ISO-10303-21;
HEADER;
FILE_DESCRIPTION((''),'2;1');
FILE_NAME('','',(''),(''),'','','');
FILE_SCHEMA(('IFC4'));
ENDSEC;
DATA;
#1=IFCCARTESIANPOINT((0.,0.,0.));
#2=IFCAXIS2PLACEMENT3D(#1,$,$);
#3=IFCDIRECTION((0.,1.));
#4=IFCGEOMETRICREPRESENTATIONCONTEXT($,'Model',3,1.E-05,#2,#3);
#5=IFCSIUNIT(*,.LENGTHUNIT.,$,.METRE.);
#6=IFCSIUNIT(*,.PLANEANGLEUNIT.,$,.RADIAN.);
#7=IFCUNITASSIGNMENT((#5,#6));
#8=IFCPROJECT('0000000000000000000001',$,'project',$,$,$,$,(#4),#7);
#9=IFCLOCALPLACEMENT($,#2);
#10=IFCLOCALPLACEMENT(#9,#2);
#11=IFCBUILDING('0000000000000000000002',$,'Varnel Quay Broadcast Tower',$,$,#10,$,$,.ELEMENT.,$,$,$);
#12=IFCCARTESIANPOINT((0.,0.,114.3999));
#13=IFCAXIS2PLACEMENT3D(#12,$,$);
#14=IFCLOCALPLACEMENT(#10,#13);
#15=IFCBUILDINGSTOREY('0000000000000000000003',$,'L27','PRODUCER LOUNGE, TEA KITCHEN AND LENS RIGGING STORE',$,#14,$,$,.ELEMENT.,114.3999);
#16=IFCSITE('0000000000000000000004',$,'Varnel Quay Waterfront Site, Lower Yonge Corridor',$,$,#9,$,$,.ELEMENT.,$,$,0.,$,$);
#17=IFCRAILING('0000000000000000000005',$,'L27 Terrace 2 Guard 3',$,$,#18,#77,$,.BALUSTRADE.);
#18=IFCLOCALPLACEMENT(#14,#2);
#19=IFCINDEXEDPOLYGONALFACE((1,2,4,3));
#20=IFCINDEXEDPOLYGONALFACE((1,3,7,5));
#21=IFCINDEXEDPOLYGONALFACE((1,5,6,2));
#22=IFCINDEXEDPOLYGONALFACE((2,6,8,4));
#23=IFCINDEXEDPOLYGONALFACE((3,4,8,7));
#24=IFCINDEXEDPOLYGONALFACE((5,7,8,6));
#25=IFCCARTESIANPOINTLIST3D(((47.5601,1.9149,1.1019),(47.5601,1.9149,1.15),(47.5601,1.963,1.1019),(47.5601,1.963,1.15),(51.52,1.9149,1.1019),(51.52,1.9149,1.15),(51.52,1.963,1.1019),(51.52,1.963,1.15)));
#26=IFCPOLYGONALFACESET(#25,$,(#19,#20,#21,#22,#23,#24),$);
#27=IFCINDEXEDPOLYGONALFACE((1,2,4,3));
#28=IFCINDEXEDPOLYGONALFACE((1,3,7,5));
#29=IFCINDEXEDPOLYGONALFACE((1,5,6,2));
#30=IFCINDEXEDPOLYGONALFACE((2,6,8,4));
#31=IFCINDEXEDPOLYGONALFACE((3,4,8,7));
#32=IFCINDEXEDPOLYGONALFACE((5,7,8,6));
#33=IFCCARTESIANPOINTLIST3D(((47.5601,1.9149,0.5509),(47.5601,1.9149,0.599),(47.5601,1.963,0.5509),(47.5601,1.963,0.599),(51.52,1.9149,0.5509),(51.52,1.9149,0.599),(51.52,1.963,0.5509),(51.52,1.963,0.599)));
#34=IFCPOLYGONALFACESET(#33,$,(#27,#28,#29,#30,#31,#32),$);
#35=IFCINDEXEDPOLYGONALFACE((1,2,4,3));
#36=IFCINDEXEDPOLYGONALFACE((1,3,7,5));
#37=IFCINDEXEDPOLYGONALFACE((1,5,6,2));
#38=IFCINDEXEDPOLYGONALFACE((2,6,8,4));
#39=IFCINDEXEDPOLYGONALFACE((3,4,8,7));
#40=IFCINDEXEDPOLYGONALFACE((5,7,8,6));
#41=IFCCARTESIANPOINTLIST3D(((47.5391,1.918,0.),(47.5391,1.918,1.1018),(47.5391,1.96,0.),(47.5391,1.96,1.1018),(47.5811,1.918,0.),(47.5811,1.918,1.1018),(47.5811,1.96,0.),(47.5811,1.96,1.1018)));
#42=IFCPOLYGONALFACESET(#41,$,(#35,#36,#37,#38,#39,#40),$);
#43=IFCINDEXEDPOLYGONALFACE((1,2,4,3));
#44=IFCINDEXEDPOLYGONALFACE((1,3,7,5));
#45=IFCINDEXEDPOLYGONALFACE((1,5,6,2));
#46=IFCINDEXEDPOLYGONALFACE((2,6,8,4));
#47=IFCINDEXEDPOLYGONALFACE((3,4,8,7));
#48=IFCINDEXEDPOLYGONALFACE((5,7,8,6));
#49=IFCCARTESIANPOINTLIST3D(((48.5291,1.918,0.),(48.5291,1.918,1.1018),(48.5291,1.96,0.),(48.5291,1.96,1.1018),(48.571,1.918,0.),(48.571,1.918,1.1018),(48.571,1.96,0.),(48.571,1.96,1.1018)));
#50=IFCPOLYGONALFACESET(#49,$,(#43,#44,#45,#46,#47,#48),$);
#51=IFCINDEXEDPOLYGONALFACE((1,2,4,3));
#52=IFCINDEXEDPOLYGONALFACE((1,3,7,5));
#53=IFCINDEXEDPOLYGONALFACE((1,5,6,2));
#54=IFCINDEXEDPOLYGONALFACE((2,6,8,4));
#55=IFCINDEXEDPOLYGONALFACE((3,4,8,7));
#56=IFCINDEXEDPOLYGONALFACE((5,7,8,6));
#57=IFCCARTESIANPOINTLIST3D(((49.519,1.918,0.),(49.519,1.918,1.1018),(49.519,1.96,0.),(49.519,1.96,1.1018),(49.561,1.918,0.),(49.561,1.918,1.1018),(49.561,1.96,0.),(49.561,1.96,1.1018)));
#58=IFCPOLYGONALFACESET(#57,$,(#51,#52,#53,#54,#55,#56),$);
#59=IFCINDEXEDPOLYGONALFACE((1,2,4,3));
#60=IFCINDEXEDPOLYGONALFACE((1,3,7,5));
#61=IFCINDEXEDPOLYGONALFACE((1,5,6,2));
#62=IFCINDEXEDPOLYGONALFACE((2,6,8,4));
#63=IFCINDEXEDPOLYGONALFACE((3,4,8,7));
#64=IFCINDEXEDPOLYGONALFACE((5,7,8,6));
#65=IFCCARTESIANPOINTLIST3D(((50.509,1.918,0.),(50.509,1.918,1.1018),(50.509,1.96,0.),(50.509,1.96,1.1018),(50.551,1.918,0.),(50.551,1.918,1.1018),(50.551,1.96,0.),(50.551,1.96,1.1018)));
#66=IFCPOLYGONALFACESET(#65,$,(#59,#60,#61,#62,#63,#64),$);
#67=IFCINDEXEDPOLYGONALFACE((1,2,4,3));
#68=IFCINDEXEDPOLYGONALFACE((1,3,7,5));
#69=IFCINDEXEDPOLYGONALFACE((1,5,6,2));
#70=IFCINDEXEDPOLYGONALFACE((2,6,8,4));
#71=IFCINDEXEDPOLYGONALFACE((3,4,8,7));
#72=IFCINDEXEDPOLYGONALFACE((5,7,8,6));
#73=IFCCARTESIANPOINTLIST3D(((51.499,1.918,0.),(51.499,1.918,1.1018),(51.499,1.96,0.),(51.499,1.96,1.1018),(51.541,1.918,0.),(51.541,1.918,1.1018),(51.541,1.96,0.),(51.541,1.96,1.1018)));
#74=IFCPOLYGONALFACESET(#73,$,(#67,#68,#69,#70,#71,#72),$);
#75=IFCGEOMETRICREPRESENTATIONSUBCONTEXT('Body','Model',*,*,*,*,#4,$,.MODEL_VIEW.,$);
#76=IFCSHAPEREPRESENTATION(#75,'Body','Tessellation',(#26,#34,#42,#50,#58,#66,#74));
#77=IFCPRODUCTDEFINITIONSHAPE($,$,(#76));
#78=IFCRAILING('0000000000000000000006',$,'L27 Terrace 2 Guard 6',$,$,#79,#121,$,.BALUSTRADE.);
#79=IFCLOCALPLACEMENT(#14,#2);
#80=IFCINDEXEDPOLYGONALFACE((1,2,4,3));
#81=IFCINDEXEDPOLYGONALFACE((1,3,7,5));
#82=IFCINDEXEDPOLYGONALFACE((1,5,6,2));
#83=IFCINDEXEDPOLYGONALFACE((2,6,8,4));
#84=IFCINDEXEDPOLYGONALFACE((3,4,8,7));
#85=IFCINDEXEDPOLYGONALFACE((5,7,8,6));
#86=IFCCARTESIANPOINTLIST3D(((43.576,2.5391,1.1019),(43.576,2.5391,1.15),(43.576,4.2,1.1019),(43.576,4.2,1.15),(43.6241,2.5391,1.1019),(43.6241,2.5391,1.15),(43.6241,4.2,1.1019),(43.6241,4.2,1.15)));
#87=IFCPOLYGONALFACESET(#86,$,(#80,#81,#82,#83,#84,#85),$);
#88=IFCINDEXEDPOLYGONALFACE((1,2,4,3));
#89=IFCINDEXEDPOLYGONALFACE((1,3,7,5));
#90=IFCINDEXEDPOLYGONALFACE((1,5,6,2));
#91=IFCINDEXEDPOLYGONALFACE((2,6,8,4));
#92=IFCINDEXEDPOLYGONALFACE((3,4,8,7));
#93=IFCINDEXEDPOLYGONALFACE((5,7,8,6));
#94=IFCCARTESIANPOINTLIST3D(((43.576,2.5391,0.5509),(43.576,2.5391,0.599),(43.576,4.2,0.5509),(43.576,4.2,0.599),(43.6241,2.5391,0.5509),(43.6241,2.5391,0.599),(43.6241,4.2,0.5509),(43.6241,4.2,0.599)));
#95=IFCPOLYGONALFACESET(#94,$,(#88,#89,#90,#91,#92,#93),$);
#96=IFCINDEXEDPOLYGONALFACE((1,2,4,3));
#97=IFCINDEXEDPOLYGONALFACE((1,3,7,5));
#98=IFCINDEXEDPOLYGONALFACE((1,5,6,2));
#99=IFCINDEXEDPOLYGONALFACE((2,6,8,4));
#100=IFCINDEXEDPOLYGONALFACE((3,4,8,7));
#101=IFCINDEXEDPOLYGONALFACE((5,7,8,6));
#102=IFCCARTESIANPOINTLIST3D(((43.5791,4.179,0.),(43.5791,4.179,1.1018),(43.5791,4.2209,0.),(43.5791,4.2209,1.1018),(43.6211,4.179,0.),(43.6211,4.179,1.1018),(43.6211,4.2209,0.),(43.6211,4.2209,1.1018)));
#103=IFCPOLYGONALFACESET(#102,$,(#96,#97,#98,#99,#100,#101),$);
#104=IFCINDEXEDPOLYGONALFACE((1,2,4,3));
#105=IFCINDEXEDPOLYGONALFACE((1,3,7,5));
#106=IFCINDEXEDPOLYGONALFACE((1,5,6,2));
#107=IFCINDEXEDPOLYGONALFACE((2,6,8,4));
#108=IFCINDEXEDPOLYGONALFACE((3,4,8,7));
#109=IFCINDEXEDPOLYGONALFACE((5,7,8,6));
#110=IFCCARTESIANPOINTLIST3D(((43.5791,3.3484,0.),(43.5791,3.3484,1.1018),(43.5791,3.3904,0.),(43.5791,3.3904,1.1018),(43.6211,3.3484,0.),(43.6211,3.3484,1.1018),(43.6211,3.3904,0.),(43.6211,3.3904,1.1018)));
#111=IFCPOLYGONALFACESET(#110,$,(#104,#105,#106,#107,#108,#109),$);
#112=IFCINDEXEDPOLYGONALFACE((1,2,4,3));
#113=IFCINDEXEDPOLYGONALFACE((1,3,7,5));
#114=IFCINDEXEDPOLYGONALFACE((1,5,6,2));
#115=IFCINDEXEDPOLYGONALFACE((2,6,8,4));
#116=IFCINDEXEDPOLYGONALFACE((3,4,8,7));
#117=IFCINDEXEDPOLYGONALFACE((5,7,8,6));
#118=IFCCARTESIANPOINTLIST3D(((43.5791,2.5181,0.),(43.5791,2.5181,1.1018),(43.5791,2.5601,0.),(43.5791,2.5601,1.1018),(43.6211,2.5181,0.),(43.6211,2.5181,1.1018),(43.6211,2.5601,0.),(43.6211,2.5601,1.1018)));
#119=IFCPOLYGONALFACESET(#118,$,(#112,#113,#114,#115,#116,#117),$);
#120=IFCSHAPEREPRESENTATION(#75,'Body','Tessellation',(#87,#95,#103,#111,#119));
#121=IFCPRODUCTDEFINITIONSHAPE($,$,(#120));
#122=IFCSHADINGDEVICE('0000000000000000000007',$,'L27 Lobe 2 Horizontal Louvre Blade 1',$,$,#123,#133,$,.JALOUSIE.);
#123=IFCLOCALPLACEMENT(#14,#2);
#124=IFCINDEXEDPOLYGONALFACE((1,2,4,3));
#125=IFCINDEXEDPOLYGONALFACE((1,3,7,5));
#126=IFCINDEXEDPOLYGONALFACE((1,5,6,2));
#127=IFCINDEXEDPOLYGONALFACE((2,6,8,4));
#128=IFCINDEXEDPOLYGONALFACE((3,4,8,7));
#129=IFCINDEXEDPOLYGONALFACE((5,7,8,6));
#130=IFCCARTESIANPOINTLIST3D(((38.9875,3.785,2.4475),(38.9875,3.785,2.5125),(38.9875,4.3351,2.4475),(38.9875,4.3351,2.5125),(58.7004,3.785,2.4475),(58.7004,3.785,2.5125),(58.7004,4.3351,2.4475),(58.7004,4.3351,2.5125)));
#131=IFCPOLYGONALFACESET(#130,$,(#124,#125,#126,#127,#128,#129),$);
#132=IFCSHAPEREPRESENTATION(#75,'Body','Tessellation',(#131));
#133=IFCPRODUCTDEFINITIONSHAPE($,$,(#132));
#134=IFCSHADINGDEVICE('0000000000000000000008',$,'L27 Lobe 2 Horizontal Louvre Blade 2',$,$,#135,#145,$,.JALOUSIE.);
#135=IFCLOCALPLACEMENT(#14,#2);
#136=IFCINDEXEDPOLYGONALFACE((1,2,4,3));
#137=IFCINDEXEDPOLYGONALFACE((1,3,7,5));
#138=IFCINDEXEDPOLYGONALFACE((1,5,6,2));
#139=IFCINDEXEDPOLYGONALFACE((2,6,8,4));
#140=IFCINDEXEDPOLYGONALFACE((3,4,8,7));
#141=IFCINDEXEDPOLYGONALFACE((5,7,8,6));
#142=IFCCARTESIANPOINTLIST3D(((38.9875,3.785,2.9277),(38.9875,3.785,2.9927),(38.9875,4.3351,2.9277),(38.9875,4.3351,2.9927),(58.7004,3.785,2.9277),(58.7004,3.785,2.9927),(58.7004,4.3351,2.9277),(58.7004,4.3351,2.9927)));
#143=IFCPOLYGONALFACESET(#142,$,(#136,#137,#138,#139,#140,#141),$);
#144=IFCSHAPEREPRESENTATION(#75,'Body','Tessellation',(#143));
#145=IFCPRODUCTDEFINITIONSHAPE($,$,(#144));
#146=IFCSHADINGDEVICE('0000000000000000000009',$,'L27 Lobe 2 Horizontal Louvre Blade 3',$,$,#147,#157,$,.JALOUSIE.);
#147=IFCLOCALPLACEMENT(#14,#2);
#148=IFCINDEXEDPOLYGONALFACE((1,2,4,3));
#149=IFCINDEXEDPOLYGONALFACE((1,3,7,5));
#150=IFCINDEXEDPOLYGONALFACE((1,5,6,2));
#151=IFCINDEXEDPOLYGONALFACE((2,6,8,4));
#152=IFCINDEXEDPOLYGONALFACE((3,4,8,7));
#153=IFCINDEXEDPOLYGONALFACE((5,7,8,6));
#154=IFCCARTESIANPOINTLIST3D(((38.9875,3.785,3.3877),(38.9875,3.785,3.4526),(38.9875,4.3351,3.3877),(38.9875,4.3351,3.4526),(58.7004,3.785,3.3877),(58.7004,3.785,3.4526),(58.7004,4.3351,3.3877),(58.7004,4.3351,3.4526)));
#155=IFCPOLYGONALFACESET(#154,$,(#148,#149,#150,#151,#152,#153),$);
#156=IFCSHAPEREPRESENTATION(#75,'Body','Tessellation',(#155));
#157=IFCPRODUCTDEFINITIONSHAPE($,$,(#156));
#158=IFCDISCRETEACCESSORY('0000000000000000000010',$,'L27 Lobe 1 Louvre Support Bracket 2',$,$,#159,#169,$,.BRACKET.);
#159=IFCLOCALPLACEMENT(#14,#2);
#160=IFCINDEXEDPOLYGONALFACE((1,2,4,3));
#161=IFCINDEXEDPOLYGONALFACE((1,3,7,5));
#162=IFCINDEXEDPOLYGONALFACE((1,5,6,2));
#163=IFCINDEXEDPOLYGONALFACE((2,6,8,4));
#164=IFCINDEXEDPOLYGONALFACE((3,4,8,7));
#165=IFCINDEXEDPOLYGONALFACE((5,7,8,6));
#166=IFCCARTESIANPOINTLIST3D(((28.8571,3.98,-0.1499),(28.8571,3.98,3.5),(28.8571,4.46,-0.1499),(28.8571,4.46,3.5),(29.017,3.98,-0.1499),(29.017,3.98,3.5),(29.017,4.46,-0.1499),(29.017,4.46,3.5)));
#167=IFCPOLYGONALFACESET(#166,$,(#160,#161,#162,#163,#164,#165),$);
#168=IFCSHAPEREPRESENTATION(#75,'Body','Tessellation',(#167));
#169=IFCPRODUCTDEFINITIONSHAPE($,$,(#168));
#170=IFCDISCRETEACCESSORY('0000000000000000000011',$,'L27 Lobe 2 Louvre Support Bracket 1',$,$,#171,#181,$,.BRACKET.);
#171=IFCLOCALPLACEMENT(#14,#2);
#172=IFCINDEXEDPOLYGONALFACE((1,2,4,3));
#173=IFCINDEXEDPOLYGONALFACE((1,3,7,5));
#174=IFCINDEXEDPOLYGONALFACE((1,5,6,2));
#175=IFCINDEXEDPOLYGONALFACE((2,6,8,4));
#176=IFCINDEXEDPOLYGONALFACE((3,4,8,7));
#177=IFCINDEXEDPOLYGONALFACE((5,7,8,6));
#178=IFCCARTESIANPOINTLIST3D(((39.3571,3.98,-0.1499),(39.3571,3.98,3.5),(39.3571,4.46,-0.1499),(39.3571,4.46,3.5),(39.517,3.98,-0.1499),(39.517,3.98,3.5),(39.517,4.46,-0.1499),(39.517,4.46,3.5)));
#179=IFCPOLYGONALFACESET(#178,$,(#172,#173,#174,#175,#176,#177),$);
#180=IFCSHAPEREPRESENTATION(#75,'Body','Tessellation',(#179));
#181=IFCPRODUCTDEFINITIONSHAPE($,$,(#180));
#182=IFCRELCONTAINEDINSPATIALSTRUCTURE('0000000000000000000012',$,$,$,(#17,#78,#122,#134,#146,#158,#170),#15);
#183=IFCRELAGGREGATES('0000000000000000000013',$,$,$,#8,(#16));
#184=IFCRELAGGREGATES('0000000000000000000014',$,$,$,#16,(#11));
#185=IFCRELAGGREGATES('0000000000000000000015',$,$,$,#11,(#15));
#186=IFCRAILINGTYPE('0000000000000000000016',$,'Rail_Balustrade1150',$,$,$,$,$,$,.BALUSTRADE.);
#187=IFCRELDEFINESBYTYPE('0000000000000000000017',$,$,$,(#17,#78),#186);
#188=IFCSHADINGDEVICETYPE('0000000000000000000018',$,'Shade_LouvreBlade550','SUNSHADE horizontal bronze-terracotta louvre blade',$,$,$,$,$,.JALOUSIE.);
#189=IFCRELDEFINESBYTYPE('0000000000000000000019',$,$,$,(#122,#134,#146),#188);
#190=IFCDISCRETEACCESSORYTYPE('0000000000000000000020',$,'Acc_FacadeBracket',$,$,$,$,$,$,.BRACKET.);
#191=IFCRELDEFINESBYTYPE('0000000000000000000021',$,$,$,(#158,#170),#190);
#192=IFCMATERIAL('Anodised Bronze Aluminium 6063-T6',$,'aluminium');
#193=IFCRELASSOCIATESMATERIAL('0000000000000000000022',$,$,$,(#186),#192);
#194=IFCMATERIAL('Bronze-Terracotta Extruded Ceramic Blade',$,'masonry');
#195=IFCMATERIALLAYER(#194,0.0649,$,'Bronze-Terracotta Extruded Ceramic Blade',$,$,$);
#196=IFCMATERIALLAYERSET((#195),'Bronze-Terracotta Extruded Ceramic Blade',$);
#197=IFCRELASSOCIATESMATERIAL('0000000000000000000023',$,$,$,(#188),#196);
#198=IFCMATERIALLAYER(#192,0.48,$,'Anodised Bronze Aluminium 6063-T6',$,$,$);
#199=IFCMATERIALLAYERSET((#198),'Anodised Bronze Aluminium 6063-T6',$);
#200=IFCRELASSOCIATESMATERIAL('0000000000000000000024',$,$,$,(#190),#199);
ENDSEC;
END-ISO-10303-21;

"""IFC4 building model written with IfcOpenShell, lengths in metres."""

from ifc_helpers import new_model, si_unit, direction, frame, origin, origin_2d, place, context, subcontext, project, spatial, rectangle, extrude, source, transform, mapped, material, layer, layer_set, type_object, type_shapes, element, save


model = new_model("IFC4")

# Units and contexts
model_context = context("Model", 3, precision=1e-05, world=origin(), true_north=direction((0.0, 1.0)))
body_context = subcontext(model_context, "Body", "Model", "MODEL_VIEW")
ifc_project = project(units=[si_unit("LENGTHUNIT", "METRE"), si_unit("PLANEANGLEUNIT", "RADIAN")], contexts=[model_context])

# Site, building, storey
site_placement = place(None, origin())
site = spatial("IfcSite", under=ifc_project, at=site_placement, Name="Varnel Quay Waterfront Site, Lower Yonge Corridor", CompositionType="ELEMENT", RefElevation=0.0)
building_placement = place(site_placement, origin())
building = spatial("IfcBuilding", under=site, at=building_placement, Name="Varnel Quay Broadcast Tower", CompositionType="ELEMENT")
storey_placement = place(building_placement, frame((0.0, 0.0, 114.3999)))
storey = spatial("IfcBuildingStorey", under=building, at=storey_placement, Name="L27", Description="PRODUCER LOUNGE, TEA KITCHEN AND LENS RIGGING STORE", CompositionType="ELEMENT", Elevation=114.3999)

# Shared definitions
ifc_material_1 = material(Name="Anodised Bronze Aluminium 6063-T6", Category="aluminium")

# Railings
railing_type = type_object("IfcRailingType", Name="Rail_Balustrade1150", PredefinedType="BALUSTRADE", material=ifc_material_1)
railing_1_placement = place(storey_placement, frame((47.5601, 1.939, 0.0)))
element("IfcRailing", 1, at=railing_1_placement, inside=storey, type_object=railing_type, Name="L27 Terrace 2 Guard 3", PredefinedType="BALUSTRADE", context=body_context, shape_type="SweptSolid", body=[
    extrude(rectangle(XDim=0.0481, YDim=0.0481, at=origin_2d()), frame((0.0, 0.0, 1.126), z_axis=(1.0, 0.0, 0.0), x_axis=(0.0, 1.0, 0.0)), (0.0, 0.0, 1.0), 3.96),
    extrude(rectangle(XDim=0.0481, YDim=0.0481, at=origin_2d()), frame((0.0, 0.0, 0.575), z_axis=(1.0, 0.0, 0.0), x_axis=(0.0, 1.0, 0.0)), (0.0, 0.0, 1.0), 3.96),
    extrude(rectangle(XDim=0.042, YDim=0.042, at=origin_2d()), origin(), (0.0, 0.0, 1.0), 1.1018),
    extrude(rectangle(XDim=0.042, YDim=0.042, at=origin_2d()), frame((0.99, 0.0, 0.0)), (0.0, 0.0, 1.0), 1.1018),
    extrude(rectangle(XDim=0.042, YDim=0.042, at=origin_2d()), frame((1.98, 0.0, 0.0)), (0.0, 0.0, 1.0), 1.1018),
    extrude(rectangle(XDim=0.042, YDim=0.042, at=origin_2d()), frame((2.97, 0.0, 0.0)), (0.0, 0.0, 1.0), 1.1018),
    extrude(rectangle(XDim=0.042, YDim=0.042, at=origin_2d()), frame((3.96, 0.0, 0.0)), (0.0, 0.0, 1.0), 1.1018),
])
railing_2_placement = place(storey_placement, frame((43.6001, 4.2, 0.0)))
element("IfcRailing", 2, at=railing_2_placement, inside=storey, type_object=railing_type, Name="L27 Terrace 2 Guard 6", PredefinedType="BALUSTRADE", context=body_context, shape_type="SweptSolid", body=[
    extrude(rectangle(XDim=0.0481, YDim=0.0481, at=origin_2d()), frame((0.0, 0.0, 1.126), z_axis=(0.0, -1.0, 0.0), x_axis=(1.0, 0.0, 0.0)), (0.0, 0.0, 1.0), 1.6609),
    extrude(rectangle(XDim=0.0481, YDim=0.0481, at=origin_2d()), frame((0.0, 0.0, 0.575), z_axis=(0.0, -1.0, 0.0), x_axis=(1.0, 0.0, 0.0)), (0.0, 0.0, 1.0), 1.6609),
    extrude(rectangle(XDim=0.042, YDim=0.042, at=origin_2d()), origin(), (0.0, 0.0, 1.0), 1.1018),
    extrude(rectangle(XDim=0.042, YDim=0.042, at=origin_2d()), frame((0.0, -0.8306, 0.0)), (0.0, 0.0, 1.0), 1.1018),
    extrude(rectangle(XDim=0.042, YDim=0.042, at=origin_2d()), frame((0.0, -1.6609, 0.0)), (0.0, 0.0, 1.0), 1.1018),
])

# Shading devices
ifc_material_2 = material(Name="Bronze-Terracotta Extruded Ceramic Blade", Category="masonry")
ifc_layer_1 = layer(ifc_material_2, 0.0649, Name="Bronze-Terracotta Extruded Ceramic Blade")
ifc_layer_set_1 = layer_set([ifc_layer_1], Name="Bronze-Terracotta Extruded Ceramic Blade")
shading_device_type = type_object("IfcShadingDeviceType", Name="Shade_LouvreBlade550", Description="SUNSHADE horizontal bronze-terracotta louvre blade", PredefinedType="JALOUSIE", material=ifc_layer_set_1)
shared_shape_1 = source(origin(), body_context, "Body", "SweptSolid", [
    extrude(rectangle(XDim=19.7129, YDim=0.55, at=origin_2d()), origin(), (0.0, 0.0, 1.0), 0.0649),
])
type_shapes(shading_device_type, [shared_shape_1])
for number, where, z_axis, x_axis, name in (
    (3, (48.844, 4.0601, 2.4475), (0.0, 0.0, 1.0), (1.0, 0.0, 0.0), "L27 Lobe 2 Horizontal Louvre Blade 1"),
    (4, (48.844, 4.0601, 2.9277), (0.0, 0.0, 1.0), (1.0, 0.0, 0.0), "L27 Lobe 2 Horizontal Louvre Blade 2"),
    (5, (48.844, 4.0601, 3.3877), (0.0, 0.0, 1.0), (1.0, 0.0, 0.0), "L27 Lobe 2 Horizontal Louvre Blade 3"),
):
    element("IfcShadingDevice", number, at=place(storey_placement, frame(where, z_axis=z_axis, x_axis=x_axis)), inside=storey, type_object=shading_device_type, Name=name, PredefinedType="JALOUSIE", context=body_context, shape_type="MappedRepresentation", body=[
        mapped(shared_shape_1, transform((0.0, 0.0, 0.0), x_axis=(1.0, 0.0, 0.0), y_axis=(0.0, 1.0, 0.0), z_axis=(0.0, 0.0, 1.0), scale=1.0)),
    ])

# Discrete accessories
ifc_layer_2 = layer(ifc_material_1, 0.48, Name="Anodised Bronze Aluminium 6063-T6")
ifc_layer_set_2 = layer_set([ifc_layer_2], Name="Anodised Bronze Aluminium 6063-T6")
discrete_accessory_type = type_object("IfcDiscreteAccessoryType", Name="Acc_FacadeBracket", PredefinedType="BRACKET", material=ifc_layer_set_2)
shared_shape_2 = source(origin(), body_context, "Body", "SweptSolid", [
    extrude(rectangle(XDim=0.1599, YDim=0.48, at=origin_2d()), origin(), (0.0, 0.0, 1.0), 3.6499),
])
type_shapes(discrete_accessory_type, [shared_shape_2])
for number, where, z_axis, x_axis, name in (
    (6, (28.937, 4.22, -0.1499), (0.0, 0.0, 1.0), (1.0, 0.0, 0.0), "L27 Lobe 1 Louvre Support Bracket 2"),
    (7, (39.437, 4.22, -0.1499), (0.0, 0.0, 1.0), (1.0, 0.0, 0.0), "L27 Lobe 2 Louvre Support Bracket 1"),
):
    element("IfcDiscreteAccessory", number, at=place(storey_placement, frame(where, z_axis=z_axis, x_axis=x_axis)), inside=storey, type_object=discrete_accessory_type, Name=name, PredefinedType="BRACKET", context=body_context, shape_type="MappedRepresentation", body=[
        mapped(shared_shape_2, transform((0.0, 0.0, 0.0), x_axis=(1.0, 0.0, 0.0), y_axis=(0.0, 1.0, 0.0), z_axis=(0.0, 0.0, 1.0), scale=1.0)),
    ])

save(model, "model.ifc")
